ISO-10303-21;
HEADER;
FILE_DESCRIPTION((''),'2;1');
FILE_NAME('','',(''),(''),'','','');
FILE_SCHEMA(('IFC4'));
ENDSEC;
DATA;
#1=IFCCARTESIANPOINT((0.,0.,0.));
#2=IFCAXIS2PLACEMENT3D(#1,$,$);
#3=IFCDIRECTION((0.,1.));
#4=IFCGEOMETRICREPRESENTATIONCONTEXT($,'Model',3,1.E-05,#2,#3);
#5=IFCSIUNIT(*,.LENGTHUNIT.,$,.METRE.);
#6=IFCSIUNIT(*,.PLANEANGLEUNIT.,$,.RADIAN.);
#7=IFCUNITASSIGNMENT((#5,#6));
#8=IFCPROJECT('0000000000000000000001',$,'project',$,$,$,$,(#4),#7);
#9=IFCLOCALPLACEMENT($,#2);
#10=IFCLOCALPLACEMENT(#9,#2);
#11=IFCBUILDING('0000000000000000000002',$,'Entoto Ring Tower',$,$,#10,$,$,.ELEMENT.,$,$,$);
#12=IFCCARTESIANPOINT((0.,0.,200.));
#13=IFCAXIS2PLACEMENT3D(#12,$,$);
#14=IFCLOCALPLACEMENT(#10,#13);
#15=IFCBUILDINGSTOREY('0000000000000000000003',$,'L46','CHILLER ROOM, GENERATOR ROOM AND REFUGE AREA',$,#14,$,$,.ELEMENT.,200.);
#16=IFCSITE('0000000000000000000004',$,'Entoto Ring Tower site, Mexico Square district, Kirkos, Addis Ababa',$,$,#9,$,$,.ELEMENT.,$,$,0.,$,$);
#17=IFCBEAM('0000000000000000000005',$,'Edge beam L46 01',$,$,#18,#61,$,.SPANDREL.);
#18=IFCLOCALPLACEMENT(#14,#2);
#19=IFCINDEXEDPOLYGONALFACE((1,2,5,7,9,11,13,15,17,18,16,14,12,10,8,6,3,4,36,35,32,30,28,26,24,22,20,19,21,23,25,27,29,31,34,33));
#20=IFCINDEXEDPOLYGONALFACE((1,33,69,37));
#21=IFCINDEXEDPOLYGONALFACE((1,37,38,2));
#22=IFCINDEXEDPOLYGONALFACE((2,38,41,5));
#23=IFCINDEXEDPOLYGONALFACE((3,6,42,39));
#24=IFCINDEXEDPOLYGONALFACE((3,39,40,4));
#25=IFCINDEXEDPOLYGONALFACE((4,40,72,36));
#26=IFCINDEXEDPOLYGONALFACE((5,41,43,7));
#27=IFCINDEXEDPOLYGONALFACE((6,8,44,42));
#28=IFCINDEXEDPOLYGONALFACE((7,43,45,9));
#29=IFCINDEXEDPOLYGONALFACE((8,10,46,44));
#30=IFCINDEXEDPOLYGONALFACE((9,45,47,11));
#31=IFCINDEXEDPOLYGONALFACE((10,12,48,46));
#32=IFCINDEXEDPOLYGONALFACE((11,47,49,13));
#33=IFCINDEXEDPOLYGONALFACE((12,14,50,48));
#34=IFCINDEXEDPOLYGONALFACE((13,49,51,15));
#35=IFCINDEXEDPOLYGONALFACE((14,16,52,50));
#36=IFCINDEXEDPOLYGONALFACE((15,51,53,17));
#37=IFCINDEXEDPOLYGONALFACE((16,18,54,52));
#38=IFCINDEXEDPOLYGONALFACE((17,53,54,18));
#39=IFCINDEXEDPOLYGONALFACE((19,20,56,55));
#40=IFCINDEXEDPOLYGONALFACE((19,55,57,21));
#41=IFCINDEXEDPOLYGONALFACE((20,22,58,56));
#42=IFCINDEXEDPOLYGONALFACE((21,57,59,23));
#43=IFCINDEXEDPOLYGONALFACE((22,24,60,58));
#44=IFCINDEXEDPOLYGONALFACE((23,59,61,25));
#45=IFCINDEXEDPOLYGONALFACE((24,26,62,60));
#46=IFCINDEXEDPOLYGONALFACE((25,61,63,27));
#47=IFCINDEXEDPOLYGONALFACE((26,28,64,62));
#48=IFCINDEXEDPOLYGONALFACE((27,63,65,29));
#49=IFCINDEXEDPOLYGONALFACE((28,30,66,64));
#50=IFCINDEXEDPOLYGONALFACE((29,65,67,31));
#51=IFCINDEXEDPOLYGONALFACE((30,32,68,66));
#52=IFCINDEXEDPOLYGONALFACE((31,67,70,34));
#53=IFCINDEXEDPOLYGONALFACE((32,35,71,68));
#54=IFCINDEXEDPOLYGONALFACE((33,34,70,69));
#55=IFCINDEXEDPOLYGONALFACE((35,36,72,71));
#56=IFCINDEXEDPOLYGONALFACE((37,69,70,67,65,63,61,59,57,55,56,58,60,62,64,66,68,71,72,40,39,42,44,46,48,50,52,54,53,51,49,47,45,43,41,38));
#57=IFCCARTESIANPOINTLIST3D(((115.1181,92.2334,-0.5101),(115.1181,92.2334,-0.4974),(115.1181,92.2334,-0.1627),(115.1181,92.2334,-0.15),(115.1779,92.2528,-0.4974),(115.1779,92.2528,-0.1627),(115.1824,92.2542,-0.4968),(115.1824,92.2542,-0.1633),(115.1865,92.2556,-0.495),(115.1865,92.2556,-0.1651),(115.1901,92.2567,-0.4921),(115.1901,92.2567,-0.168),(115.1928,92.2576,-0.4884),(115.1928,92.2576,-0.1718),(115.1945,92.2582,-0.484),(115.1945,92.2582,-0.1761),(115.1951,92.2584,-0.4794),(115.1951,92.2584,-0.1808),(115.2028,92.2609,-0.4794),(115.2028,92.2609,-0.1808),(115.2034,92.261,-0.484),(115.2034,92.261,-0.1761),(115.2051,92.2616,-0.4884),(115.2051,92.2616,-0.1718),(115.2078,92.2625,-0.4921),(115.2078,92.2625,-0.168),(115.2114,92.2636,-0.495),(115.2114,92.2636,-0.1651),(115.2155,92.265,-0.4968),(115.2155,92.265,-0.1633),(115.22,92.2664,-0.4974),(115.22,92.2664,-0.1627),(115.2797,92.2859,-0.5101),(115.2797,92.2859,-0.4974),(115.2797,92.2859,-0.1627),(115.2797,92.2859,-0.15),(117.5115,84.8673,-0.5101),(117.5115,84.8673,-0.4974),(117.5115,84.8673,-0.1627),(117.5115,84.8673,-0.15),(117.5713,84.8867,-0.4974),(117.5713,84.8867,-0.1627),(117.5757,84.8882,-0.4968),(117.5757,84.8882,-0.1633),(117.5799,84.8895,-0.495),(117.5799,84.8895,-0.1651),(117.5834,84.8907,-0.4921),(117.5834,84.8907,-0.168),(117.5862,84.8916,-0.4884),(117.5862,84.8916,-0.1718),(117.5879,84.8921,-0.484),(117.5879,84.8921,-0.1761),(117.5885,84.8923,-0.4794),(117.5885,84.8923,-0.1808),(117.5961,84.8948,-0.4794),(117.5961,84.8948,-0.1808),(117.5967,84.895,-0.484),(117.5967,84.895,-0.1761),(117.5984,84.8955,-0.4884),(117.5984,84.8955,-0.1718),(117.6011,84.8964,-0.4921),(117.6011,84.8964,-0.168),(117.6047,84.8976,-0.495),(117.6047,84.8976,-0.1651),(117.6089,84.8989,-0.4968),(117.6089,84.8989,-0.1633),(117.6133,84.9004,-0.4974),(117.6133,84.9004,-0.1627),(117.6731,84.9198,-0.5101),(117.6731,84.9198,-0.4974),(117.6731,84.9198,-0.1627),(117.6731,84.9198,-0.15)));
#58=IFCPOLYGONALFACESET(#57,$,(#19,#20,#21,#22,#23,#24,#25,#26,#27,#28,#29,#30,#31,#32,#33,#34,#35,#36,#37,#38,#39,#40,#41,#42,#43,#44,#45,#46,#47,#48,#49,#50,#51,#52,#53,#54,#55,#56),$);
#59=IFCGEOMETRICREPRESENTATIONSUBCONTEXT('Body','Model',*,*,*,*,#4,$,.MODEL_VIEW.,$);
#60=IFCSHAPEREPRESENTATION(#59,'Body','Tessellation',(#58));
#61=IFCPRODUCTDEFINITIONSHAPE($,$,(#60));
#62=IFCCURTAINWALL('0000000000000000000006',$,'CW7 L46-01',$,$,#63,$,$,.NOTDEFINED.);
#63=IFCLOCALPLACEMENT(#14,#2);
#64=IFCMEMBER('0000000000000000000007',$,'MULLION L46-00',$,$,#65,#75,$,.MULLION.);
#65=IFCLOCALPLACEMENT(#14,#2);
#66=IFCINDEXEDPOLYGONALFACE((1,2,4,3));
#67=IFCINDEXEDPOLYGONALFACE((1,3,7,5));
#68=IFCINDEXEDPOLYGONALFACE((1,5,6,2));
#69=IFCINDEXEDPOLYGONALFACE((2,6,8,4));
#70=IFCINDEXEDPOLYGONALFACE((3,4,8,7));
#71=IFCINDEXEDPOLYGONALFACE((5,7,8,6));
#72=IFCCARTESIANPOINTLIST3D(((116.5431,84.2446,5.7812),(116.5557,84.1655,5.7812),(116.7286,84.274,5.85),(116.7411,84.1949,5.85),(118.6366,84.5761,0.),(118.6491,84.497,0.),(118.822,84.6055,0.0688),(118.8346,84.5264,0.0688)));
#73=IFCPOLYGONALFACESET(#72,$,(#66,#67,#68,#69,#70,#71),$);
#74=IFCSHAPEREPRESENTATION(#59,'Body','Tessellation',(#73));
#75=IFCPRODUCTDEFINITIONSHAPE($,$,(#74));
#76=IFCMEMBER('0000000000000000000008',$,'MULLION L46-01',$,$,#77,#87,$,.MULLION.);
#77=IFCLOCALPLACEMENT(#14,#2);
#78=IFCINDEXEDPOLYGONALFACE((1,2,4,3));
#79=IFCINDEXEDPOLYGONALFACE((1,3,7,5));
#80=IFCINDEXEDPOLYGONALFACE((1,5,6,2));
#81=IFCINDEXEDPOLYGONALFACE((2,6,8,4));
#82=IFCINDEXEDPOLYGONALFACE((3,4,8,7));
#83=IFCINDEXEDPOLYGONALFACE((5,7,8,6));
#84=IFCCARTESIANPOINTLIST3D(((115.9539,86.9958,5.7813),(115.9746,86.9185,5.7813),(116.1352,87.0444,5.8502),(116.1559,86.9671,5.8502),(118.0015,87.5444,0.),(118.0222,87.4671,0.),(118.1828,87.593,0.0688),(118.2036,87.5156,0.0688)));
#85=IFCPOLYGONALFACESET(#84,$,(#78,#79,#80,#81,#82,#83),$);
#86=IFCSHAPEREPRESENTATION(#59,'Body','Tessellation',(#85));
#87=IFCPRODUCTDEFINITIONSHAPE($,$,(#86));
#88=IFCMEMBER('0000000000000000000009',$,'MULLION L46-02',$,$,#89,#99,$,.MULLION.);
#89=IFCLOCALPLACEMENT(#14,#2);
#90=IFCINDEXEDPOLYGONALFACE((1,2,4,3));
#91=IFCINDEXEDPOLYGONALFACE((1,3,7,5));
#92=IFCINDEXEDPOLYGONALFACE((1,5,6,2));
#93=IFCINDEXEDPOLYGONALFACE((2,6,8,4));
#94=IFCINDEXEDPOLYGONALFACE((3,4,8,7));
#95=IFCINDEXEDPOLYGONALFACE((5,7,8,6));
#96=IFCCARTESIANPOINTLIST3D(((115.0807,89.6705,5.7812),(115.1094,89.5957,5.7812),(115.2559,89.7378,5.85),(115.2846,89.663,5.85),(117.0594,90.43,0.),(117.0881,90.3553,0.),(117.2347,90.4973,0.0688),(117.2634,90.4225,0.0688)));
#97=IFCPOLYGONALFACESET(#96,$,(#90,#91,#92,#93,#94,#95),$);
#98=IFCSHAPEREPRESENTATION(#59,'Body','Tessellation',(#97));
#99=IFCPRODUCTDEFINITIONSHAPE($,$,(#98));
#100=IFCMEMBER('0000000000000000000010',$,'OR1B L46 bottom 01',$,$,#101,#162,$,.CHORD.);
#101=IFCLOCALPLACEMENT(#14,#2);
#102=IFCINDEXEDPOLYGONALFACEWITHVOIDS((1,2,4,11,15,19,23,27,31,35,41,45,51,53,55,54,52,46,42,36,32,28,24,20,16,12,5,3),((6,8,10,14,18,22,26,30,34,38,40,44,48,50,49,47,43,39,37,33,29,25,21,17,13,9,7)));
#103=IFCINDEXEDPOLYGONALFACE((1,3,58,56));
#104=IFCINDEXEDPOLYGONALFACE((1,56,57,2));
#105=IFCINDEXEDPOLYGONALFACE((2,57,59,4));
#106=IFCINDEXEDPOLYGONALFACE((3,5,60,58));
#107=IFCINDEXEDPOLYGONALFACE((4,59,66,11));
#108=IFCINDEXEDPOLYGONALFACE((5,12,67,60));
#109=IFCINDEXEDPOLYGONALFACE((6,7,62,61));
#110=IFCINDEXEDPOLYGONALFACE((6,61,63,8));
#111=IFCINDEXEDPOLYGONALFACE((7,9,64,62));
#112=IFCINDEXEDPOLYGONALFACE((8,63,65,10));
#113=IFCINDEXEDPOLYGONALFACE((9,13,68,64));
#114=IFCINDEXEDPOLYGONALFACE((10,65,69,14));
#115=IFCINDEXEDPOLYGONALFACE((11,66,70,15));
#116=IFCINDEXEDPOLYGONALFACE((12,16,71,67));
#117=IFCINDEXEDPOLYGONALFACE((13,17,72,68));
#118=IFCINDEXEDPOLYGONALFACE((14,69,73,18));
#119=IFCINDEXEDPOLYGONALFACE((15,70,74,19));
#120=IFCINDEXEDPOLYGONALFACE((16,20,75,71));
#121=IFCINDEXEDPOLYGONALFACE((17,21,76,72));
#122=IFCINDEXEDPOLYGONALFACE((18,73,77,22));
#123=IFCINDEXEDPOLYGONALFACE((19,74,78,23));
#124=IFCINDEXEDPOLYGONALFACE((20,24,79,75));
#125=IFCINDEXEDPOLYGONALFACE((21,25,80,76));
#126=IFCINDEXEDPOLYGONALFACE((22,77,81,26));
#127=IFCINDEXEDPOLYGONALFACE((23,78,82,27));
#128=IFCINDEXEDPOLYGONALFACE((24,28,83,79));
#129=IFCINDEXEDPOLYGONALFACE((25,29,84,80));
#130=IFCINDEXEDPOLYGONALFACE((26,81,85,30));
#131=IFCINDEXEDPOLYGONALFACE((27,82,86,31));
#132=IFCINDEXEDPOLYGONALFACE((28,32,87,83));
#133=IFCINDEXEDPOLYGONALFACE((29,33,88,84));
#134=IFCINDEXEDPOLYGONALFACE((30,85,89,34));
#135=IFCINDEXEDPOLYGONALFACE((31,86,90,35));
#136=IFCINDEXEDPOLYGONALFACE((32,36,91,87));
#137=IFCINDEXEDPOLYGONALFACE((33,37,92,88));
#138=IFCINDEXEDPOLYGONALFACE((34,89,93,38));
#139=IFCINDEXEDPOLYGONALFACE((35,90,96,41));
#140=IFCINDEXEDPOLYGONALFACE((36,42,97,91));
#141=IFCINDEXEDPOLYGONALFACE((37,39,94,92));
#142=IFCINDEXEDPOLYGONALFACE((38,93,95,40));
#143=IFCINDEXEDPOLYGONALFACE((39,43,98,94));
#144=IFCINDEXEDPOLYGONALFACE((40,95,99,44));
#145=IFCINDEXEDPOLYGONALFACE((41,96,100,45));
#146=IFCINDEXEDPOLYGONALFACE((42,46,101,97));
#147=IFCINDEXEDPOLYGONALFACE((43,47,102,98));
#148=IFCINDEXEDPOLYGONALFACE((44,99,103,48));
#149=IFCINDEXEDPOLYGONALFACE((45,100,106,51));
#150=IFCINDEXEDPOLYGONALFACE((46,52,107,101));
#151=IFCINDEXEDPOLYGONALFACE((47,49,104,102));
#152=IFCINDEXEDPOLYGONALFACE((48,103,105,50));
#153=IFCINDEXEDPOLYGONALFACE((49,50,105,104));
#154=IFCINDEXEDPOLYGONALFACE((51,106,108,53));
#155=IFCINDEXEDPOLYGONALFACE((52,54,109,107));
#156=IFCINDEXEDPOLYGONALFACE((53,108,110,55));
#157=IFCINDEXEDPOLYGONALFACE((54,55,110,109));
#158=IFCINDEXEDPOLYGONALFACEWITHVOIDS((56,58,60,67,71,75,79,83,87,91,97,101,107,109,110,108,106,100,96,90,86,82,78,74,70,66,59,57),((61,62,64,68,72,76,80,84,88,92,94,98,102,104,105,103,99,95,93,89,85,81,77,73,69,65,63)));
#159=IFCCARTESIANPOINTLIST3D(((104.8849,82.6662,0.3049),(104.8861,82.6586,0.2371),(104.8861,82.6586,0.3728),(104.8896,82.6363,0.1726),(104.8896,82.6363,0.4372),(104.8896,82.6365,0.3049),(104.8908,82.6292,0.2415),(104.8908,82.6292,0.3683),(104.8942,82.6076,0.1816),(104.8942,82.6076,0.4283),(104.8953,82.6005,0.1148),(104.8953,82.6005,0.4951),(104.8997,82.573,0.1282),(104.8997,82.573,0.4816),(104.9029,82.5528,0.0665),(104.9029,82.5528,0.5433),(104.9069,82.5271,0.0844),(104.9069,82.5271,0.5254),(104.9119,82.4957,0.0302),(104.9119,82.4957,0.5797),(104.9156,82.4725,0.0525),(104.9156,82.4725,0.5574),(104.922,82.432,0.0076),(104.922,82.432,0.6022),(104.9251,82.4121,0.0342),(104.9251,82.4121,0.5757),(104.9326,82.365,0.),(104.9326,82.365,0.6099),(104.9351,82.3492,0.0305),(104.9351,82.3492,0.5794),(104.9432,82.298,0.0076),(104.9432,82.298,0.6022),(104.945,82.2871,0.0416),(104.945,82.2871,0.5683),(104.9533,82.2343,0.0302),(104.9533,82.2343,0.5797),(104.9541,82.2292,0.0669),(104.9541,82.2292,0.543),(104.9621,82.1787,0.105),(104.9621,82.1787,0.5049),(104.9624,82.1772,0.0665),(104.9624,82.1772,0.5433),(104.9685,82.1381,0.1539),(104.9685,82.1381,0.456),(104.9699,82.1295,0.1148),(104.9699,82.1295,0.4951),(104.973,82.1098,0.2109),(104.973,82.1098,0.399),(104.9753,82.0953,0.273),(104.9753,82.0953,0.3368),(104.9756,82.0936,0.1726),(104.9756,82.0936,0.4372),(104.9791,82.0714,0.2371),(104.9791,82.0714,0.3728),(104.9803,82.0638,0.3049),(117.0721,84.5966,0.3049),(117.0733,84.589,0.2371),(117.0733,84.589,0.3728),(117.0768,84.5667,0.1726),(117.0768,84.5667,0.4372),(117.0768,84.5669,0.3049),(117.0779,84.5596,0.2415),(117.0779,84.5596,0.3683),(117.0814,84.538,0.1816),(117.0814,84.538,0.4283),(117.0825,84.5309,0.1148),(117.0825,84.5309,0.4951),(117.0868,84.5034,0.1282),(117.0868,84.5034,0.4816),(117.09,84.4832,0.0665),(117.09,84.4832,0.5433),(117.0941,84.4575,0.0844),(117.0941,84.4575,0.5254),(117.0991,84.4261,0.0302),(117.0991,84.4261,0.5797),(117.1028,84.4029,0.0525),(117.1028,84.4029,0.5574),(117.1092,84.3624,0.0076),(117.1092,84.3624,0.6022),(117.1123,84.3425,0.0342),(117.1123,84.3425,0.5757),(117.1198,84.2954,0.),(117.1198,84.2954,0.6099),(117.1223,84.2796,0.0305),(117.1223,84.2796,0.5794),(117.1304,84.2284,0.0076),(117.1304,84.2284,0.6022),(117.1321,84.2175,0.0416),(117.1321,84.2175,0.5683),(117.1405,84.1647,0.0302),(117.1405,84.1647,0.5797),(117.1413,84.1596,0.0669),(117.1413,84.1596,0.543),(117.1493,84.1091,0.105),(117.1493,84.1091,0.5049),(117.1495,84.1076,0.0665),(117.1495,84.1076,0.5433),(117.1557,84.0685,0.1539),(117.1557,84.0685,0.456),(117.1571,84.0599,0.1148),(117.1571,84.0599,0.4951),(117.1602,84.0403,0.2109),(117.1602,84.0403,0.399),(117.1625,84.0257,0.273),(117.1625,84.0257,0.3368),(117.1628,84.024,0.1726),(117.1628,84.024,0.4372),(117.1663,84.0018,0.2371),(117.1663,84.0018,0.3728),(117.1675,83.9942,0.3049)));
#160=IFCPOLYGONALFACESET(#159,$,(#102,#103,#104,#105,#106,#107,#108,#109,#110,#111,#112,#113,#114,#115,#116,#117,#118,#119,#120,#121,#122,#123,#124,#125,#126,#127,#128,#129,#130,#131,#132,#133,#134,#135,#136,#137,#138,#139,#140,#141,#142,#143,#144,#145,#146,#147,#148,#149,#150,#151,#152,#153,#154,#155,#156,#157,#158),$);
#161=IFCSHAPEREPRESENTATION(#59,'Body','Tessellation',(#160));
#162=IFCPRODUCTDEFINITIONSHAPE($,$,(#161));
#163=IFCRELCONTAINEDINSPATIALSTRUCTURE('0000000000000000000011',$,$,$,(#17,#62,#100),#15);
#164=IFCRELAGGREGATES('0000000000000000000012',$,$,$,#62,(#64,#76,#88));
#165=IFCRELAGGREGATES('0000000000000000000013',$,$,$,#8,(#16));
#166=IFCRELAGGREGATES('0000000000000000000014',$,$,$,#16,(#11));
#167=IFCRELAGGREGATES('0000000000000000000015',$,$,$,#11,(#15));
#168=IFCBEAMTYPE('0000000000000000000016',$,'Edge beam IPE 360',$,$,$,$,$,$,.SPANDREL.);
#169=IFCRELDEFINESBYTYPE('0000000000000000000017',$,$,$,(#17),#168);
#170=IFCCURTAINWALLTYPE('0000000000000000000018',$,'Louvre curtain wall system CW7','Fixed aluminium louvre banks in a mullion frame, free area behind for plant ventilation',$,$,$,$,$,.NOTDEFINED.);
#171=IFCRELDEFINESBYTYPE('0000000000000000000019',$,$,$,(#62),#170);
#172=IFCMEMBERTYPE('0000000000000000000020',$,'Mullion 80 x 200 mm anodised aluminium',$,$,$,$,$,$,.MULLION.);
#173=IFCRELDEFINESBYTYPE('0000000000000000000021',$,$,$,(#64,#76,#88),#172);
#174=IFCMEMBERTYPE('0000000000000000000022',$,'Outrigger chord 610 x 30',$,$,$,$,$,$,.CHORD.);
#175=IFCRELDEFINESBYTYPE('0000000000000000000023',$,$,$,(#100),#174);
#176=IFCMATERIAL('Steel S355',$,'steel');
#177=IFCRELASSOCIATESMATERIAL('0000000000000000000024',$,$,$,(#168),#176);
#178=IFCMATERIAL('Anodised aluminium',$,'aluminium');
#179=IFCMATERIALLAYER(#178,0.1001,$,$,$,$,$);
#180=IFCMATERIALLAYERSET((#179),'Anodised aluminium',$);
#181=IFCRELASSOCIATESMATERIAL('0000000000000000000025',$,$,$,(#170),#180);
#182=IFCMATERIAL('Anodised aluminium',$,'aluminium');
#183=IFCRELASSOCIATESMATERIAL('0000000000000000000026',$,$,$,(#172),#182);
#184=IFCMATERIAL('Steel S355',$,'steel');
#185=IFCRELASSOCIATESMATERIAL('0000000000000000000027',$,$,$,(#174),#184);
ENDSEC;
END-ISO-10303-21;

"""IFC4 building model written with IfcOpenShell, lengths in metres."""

from ifc_helpers import new_model, si_unit, direction, frame, origin, origin_2d, place, context, subcontext, project, spatial, rectangle, circle, hollow_circle, i_section, extrude, material, layer, layer_set, material_profile, profile_set, type_object, element, aggregate, save


model = new_model("IFC4")

# Units and contexts
model_context = context("Model", 3, precision=1e-05, world=origin(), true_north=direction((0.0, 1.0)))
body_context = subcontext(model_context, "Body", "Model", "MODEL_VIEW")
ifc_project = project(units=[si_unit("LENGTHUNIT", "METRE"), si_unit("PLANEANGLEUNIT", "RADIAN")], contexts=[model_context])

# Site, building, storey
site_placement = place(None, origin())
site = spatial("IfcSite", under=ifc_project, at=site_placement, Name="Entoto Ring Tower site, Mexico Square district, Kirkos, Addis Ababa", CompositionType="ELEMENT", RefElevation=0.0)
building_placement = place(site_placement, origin())
building = spatial("IfcBuilding", under=site, at=building_placement, Name="Entoto Ring Tower", CompositionType="ELEMENT")
storey_placement = place(building_placement, frame((0.0, 0.0, 200.0)))
storey = spatial("IfcBuildingStorey", under=building, at=storey_placement, Name="L46", Description="CHILLER ROOM, GENERATOR ROOM AND REFUGE AREA", CompositionType="ELEMENT", Elevation=200.0)

# Beam
ifc_material_1 = material(Name="Steel S355", Category="steel")
ifc_material_profile_1 = material_profile(ifc_material_1, i_section(OverallWidth=0.1699, OverallDepth=0.3601, WebThickness=0.0081, FlangeThickness=0.0127, FilletRadius=0.0181, at=origin_2d()), Name="IPE 360")
ifc_profile_set_1 = profile_set([ifc_material_profile_1], Name="Steel S355")
beam_type_1 = type_object("IfcBeamType", Name="Edge beam IPE 360", PredefinedType="SPANDREL", material=ifc_profile_set_1)
beam_1_placement = place(storey_placement, frame((117.5923, 84.8936, -0.3301), z_axis=(-0.309013, 0.951058, 0.0), x_axis=(-0.951058, -0.309013, 0.0)))
element("IfcBeam", 1, at=beam_1_placement, inside=storey, type_object=beam_type_1, Name="Edge beam L46 01", PredefinedType="SPANDREL", context=body_context, shape_type="SweptSolid", body=[
    extrude(i_section(OverallWidth=0.1699, OverallDepth=0.3601, WebThickness=0.0081, FlangeThickness=0.0127, FilletRadius=0.0181, at=origin_2d()), origin(), (0.0, 0.0, 1.0), 7.7451),
])

# Curtain wall, members
ifc_material_2 = material(Name="Anodised aluminium", Category="aluminium")
ifc_layer_1 = layer(ifc_material_2, 0.1001)
ifc_layer_set_1 = layer_set([ifc_layer_1], Name="Anodised aluminium")
curtain_wall_type = type_object("IfcCurtainWallType", Name="Louvre curtain wall system CW7", Description="Fixed aluminium louvre banks in a mullion frame, free area behind for plant ventilation", PredefinedType="NOTDEFINED", material=ifc_layer_set_1)
curtain_wall_placement = place(storey_placement, origin())
curtain_wall = element("IfcCurtainWall", 2, at=curtain_wall_placement, inside=storey, type_object=curtain_wall_type, Name="CW7 L46-01", PredefinedType="NOTDEFINED")
ifc_material_3 = material(Name="Anodised aluminium", Category="aluminium")
ifc_material_profile_2 = material_profile(ifc_material_3, rectangle(XDim=0.0801, YDim=0.2, at=origin_2d()), Name="Mullion 80 x 200 mm anodised aluminium")
ifc_profile_set_2 = profile_set([ifc_material_profile_2], Name="Anodised aluminium")
member_type_1 = type_object("IfcMemberType", Name="Mullion 80 x 200 mm anodised aluminium", PredefinedType="MULLION", material=ifc_profile_set_2)
member_1_placement = place(storey_placement, frame((118.7356, 84.5513, 0.0344), z_axis=(-0.33999, -0.053843, 0.938887), x_axis=(0.156418, -0.987691, 0.0)))
member_1 = element("IfcMember", 3, at=member_1_placement, type_object=member_type_1, Name="MULLION L46-00", PredefinedType="MULLION", context=body_context, shape_type="SweptSolid", body=[
    extrude(rectangle(XDim=0.0801, YDim=0.2, at=origin_2d()), origin(), (0.0, 0.0, 1.0), 6.1575),
])
member_2_placement = place(storey_placement, frame((118.1025, 87.53, 0.0344), z_axis=(-0.332531, -0.08909, 0.938875), x_axis=(0.258788, -0.965934, 0.0)))
member_2 = element("IfcMember", 4, at=member_2_placement, type_object=member_type_1, Name="MULLION L46-01", PredefinedType="MULLION", context=body_context, shape_type="SweptSolid", body=[
    extrude(rectangle(XDim=0.0801, YDim=0.2, at=origin_2d()), origin(), (0.0, 0.0, 1.0), 6.1577),
])
member_3_placement = place(storey_placement, frame((117.1614, 90.4263, 0.0344), z_axis=(-0.321356, -0.123348, 0.938891), x_axis=(0.358346, -0.933589, 0.0)))
member_3 = element("IfcMember", 5, at=member_3_placement, type_object=member_type_1, Name="MULLION L46-02", PredefinedType="MULLION", context=body_context, shape_type="SweptSolid", body=[
    extrude(rectangle(XDim=0.0801, YDim=0.2, at=origin_2d()), origin(), (0.0, 0.0, 1.0), 6.1575),
])
aggregate(curtain_wall, [member_1, member_2, member_3])

# Member
ifc_material_4 = material(Name="Steel S355", Category="steel")
ifc_material_profile_3 = material_profile(ifc_material_4, hollow_circle(Radius=0.3049, WallThickness=0.03, at=origin_2d()), Name="CHS 610 x 30")
ifc_material_5 = material(Name="Concrete C60/75", Category="concrete")
ifc_material_profile_4 = material_profile(ifc_material_5, circle(Radius=0.2749, at=origin_2d()), Name="Concrete C60/75 infill")
ifc_profile_set_3 = profile_set([ifc_material_profile_3, ifc_material_profile_4], Name="Steel S355")
member_type_2 = type_object("IfcMemberType", Name="Outrigger chord 610 x 30", PredefinedType="CHORD", material=ifc_profile_set_3)
member_4_placement = place(storey_placement, frame((104.9326, 82.365, 0.3049), z_axis=(0.987686, 0.156446, 0.0), x_axis=(-0.156446, 0.987686, 0.0)))
element("IfcMember", 6, at=member_4_placement, inside=storey, type_object=member_type_2, Name="OR1B L46 bottom 01", PredefinedType="CHORD", context=body_context, shape_type="SweptSolid", body=[
    extrude(hollow_circle(Radius=0.3049, WallThickness=0.03, at=origin_2d()), origin(), (0.0, 0.0, 1.0), 12.3391),
])

save(model, "model.ifc")
